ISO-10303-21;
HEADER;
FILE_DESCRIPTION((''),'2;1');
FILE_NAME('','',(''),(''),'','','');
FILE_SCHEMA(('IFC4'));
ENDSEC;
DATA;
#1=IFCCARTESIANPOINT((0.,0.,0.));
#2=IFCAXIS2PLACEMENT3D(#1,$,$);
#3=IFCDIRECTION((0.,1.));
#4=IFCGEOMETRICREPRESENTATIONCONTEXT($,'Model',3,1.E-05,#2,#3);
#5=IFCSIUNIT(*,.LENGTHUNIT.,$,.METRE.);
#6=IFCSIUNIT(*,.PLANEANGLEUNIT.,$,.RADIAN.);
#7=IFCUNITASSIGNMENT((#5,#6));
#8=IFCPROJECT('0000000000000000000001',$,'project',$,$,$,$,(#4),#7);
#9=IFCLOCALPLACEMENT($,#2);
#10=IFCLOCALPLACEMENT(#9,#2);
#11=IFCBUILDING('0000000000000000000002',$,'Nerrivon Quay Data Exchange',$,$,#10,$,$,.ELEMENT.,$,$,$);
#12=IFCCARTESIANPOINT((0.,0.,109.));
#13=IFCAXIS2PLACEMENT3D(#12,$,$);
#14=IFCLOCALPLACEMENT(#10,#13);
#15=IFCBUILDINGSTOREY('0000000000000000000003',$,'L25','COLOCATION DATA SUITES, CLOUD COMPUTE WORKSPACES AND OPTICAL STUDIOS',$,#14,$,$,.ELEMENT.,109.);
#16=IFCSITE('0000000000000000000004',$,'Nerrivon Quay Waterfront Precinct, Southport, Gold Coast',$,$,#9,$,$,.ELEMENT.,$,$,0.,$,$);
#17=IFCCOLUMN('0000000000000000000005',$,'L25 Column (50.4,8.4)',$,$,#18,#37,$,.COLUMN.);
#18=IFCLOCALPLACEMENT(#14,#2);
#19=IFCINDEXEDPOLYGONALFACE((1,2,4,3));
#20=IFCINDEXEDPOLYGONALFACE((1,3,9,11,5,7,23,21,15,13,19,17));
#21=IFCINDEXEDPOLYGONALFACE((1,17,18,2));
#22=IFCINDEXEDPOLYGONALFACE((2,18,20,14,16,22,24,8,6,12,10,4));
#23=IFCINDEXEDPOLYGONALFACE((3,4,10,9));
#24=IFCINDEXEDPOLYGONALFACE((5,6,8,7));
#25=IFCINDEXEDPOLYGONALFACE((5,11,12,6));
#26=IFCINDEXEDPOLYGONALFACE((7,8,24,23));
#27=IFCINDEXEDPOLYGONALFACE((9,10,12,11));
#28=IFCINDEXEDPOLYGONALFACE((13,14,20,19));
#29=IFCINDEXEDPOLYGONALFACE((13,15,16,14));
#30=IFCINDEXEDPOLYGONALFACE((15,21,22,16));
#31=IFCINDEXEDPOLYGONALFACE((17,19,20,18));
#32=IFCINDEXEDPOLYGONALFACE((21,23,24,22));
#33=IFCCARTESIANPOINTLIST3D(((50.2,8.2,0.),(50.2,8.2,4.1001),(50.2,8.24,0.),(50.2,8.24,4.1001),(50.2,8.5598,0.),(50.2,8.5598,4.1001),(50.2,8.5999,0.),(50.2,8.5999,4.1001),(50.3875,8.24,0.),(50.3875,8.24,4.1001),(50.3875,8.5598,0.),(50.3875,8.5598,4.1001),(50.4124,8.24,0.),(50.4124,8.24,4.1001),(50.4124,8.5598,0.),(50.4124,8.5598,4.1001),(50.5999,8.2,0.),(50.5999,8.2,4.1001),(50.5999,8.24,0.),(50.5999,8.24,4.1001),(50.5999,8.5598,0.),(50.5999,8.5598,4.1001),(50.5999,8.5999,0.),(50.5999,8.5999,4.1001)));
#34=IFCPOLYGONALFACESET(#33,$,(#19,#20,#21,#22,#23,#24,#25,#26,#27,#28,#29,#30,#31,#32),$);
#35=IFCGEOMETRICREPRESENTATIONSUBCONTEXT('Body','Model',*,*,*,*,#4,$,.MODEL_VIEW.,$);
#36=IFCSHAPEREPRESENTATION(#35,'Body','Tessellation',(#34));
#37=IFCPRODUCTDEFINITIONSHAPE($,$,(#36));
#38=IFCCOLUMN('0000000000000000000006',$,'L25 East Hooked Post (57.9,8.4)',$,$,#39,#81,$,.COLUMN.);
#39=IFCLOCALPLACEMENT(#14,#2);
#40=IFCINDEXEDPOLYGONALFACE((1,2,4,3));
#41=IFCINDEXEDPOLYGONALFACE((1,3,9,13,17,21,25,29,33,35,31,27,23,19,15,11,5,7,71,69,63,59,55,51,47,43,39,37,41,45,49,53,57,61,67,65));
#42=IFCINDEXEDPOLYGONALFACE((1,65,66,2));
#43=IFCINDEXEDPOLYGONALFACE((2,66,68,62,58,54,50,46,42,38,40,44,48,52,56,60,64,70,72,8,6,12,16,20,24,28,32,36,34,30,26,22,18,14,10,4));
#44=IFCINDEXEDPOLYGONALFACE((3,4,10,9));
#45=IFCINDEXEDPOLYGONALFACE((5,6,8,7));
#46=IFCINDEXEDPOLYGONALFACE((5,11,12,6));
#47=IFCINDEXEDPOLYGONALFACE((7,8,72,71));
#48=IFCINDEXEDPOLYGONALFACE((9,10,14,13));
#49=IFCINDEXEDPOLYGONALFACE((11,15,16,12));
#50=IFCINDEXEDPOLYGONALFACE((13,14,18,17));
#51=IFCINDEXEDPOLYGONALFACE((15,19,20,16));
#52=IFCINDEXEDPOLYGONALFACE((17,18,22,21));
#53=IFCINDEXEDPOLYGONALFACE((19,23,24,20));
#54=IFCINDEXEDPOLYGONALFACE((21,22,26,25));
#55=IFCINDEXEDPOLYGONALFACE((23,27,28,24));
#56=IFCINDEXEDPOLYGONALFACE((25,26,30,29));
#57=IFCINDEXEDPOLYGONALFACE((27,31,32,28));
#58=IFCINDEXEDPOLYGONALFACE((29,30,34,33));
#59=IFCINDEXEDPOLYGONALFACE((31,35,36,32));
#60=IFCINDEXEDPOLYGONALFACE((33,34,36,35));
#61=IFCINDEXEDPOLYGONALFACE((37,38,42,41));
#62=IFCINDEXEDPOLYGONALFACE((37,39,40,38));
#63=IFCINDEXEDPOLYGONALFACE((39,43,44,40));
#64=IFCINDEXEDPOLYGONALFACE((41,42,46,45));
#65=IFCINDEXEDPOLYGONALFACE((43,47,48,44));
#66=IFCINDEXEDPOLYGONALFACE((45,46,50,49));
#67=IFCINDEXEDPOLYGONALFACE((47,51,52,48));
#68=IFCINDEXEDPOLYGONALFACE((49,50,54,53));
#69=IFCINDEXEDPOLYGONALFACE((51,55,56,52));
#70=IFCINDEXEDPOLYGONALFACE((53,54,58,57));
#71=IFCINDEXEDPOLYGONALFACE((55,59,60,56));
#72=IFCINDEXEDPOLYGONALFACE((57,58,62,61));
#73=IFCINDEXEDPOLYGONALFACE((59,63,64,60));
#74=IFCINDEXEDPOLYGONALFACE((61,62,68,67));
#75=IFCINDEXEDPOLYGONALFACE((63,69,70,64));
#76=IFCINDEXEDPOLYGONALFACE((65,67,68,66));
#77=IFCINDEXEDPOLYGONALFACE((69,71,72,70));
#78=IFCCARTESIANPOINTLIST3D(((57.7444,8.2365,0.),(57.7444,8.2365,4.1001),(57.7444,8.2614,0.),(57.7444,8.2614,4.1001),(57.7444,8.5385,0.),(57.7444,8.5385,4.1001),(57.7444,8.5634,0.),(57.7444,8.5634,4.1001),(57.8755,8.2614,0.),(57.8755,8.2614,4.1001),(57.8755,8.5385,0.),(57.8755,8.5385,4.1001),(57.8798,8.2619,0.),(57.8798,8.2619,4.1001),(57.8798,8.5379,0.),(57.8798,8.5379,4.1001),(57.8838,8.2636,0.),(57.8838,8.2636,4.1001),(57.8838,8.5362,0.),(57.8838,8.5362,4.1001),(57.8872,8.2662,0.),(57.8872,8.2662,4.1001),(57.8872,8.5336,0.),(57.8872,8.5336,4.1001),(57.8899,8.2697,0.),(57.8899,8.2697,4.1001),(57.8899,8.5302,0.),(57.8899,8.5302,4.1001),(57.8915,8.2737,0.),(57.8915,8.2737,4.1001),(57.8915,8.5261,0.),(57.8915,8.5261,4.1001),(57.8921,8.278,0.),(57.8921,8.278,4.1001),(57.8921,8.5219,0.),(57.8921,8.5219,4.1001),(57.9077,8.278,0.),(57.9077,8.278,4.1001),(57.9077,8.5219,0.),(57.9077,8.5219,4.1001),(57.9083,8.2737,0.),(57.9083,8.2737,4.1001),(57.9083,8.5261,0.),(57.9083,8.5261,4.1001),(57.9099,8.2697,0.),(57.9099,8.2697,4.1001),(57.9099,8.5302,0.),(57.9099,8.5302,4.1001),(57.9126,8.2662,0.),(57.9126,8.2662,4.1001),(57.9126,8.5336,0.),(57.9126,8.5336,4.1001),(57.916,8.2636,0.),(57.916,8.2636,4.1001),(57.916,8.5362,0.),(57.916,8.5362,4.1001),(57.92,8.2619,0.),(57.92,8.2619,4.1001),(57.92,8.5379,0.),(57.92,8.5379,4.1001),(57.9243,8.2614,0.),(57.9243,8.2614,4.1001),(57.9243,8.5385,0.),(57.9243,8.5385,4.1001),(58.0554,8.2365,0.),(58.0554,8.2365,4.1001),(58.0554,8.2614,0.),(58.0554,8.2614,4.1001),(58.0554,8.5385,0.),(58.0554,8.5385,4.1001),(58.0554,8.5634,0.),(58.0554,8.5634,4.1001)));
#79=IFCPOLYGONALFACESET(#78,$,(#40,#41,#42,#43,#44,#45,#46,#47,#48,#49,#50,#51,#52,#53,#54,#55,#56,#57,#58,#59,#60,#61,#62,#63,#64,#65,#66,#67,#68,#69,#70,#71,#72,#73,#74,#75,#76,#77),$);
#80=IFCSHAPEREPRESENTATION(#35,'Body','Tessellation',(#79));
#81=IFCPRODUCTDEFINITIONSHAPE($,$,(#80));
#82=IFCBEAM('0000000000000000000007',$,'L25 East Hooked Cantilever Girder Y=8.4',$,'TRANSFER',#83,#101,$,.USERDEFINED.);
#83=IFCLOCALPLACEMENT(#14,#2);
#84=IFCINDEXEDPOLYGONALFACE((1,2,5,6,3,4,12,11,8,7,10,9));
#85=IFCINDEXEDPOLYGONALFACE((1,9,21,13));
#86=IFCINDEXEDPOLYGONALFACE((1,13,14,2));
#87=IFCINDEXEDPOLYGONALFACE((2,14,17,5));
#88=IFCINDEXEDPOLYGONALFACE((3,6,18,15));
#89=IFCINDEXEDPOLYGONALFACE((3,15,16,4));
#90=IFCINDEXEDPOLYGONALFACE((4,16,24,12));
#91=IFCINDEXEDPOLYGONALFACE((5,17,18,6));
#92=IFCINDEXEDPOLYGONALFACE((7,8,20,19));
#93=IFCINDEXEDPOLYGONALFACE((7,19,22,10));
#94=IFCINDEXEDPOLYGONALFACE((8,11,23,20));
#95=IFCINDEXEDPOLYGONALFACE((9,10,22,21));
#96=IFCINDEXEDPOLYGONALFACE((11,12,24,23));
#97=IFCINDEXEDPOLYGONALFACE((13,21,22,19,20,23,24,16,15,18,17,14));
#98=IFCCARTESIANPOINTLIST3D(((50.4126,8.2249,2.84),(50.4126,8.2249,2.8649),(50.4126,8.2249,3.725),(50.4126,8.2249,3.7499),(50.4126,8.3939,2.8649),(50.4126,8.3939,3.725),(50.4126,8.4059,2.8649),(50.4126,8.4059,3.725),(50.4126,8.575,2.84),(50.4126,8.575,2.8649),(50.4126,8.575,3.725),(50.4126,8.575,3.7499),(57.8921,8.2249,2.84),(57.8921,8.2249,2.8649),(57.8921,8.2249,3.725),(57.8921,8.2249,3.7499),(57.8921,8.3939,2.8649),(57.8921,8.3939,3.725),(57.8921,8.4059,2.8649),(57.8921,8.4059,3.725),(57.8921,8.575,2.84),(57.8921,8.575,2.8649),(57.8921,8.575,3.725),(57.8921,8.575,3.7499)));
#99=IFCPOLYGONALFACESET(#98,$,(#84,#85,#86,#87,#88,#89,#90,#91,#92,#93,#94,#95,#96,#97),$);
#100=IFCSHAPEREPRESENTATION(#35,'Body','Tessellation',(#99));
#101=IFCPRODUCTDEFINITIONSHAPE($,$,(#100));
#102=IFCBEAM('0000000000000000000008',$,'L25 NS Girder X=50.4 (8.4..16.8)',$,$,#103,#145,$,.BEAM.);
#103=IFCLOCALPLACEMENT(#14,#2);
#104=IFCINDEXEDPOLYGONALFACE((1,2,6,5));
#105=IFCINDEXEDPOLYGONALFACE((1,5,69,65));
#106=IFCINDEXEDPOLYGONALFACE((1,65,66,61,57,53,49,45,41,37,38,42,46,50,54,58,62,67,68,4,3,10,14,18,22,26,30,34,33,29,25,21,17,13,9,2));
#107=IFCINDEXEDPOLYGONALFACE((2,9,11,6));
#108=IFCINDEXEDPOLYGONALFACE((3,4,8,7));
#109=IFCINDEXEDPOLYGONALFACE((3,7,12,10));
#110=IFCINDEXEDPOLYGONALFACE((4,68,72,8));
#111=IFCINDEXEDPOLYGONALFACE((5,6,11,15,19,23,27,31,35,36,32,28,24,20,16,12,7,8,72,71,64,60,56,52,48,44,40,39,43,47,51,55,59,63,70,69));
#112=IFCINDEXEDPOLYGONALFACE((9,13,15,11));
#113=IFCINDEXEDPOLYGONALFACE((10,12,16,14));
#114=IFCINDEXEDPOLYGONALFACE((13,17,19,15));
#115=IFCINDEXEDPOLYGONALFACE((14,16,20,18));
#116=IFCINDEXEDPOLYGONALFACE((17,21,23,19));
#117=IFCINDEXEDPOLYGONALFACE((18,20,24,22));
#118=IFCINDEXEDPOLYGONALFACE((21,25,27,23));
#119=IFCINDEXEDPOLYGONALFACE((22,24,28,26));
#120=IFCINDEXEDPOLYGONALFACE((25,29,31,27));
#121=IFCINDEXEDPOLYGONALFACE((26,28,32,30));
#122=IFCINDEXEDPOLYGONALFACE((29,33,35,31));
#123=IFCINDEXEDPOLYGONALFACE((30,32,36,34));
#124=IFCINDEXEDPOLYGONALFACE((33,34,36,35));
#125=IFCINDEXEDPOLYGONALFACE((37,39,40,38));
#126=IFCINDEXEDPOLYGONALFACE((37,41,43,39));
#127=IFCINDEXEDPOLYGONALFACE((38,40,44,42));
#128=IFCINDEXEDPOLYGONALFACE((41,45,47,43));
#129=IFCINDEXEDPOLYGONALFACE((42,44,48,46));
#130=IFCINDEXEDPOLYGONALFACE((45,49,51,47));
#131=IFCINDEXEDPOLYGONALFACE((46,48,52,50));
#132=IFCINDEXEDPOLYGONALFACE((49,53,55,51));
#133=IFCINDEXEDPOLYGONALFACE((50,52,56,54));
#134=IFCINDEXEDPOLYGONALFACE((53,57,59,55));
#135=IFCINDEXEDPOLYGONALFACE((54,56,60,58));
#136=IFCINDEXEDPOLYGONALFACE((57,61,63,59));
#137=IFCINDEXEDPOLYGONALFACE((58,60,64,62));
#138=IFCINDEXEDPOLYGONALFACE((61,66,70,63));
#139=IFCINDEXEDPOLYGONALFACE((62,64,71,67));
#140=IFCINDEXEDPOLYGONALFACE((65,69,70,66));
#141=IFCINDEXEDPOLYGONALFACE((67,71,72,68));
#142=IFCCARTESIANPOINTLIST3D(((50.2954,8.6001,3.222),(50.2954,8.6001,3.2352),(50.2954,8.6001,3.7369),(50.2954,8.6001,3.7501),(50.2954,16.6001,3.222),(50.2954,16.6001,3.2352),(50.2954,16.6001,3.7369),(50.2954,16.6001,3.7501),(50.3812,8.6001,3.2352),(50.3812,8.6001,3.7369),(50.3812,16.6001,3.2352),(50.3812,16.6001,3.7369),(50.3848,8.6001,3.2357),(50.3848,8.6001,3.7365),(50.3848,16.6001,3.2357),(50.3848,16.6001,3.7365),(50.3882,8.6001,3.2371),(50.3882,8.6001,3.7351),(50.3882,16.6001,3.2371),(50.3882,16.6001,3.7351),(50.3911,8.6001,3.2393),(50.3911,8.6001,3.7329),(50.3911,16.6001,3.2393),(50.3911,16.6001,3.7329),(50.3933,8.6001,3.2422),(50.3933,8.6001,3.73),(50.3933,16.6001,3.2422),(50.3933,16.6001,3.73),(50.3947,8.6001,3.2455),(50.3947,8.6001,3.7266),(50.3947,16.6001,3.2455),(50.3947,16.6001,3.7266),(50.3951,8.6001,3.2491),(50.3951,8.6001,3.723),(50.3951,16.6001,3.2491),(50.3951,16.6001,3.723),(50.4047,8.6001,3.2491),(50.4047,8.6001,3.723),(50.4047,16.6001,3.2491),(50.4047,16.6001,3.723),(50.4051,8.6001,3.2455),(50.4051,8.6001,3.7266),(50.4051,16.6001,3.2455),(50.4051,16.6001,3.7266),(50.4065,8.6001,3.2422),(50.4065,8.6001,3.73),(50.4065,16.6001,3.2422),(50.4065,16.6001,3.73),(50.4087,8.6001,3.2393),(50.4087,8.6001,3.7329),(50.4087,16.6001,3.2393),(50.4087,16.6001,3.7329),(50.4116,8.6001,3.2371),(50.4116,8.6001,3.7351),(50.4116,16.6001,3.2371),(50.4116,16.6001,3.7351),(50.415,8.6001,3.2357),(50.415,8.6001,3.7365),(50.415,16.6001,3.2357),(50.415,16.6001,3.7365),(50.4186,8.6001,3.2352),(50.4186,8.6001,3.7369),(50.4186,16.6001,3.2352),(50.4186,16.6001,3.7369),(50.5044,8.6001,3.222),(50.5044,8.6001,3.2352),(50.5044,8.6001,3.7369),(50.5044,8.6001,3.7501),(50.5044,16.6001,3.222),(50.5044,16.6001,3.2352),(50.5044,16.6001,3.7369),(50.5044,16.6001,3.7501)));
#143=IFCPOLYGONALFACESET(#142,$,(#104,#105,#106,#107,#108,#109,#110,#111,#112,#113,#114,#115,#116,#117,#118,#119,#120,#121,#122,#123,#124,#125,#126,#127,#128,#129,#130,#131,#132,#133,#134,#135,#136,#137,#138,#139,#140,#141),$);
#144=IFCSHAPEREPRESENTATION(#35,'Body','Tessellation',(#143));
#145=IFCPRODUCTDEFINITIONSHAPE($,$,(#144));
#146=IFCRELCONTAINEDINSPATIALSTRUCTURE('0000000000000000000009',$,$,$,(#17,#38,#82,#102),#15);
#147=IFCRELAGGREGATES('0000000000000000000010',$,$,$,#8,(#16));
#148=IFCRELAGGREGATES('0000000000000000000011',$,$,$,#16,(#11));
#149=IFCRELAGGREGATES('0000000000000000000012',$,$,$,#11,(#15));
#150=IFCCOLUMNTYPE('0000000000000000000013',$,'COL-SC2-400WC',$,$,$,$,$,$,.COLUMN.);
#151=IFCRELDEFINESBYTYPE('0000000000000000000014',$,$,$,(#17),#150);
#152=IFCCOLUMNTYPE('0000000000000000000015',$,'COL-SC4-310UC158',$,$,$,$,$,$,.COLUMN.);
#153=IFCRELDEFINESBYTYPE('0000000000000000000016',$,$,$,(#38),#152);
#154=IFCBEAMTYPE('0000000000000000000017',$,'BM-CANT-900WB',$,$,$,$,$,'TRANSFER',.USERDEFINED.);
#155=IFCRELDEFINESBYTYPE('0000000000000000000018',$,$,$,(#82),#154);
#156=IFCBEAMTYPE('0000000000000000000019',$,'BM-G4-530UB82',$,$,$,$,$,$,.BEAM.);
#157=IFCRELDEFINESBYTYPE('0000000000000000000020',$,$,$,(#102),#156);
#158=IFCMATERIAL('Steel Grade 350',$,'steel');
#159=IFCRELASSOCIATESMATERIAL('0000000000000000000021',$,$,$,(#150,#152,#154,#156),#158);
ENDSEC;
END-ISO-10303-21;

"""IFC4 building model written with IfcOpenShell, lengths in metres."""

from ifc_helpers import new_model, si_unit, direction, frame, origin, origin_2d, place, context, subcontext, project, spatial, i_section, extrude, material, material_profile, profile_set, type_object, element, save


model = new_model("IFC4")

# Units and contexts
model_context = context("Model", 3, precision=1e-05, world=origin(), true_north=direction((0.0, 1.0)))
body_context = subcontext(model_context, "Body", "Model", "MODEL_VIEW")
ifc_project = project(units=[si_unit("LENGTHUNIT", "METRE"), si_unit("PLANEANGLEUNIT", "RADIAN")], contexts=[model_context])

# Site, building, storey
site_placement = place(None, origin())
site = spatial("IfcSite", under=ifc_project, at=site_placement, Name="Nerrivon Quay Waterfront Precinct, Southport, Gold Coast", CompositionType="ELEMENT", RefElevation=0.0)
building_placement = place(site_placement, origin())
building = spatial("IfcBuilding", under=site, at=building_placement, Name="Nerrivon Quay Data Exchange", CompositionType="ELEMENT")
storey_placement = place(building_placement, frame((0.0, 0.0, 109.0)))
storey = spatial("IfcBuildingStorey", under=building, at=storey_placement, Name="L25", Description="COLOCATION DATA SUITES, CLOUD COMPUTE WORKSPACES AND OPTICAL STUDIOS", CompositionType="ELEMENT", Elevation=109.0)

# Columns
ifc_material_1 = material(Name="Steel Grade 350", Category="steel")
ifc_material_profile_1 = material_profile(ifc_material_1, i_section(OverallWidth=0.3999, OverallDepth=0.3999, WebThickness=0.0249, FlangeThickness=0.04, at=origin_2d()), Name="400WC328")
ifc_profile_set_1 = profile_set([ifc_material_profile_1], Name="Steel Grade 350")
column_type_1 = type_object("IfcColumnType", Name="COL-SC2-400WC", PredefinedType="COLUMN", material=ifc_profile_set_1)
column_1_placement = place(storey_placement, frame((50.3999, 8.3999, 0.0), z_axis=(0.0, 0.0, 1.0), x_axis=(1.0, 0.0, 0.0)))
element("IfcColumn", 1, at=column_1_placement, inside=storey, type_object=column_type_1, Name="L25 Column (50.4,8.4)", PredefinedType="COLUMN", context=body_context, shape_type="SweptSolid", body=[
    extrude(i_section(OverallWidth=0.3999, OverallDepth=0.3999, WebThickness=0.0249, FlangeThickness=0.04, at=origin_2d()), origin(), (0.0, 0.0, 1.0), 4.1001),
])
ifc_material_profile_2 = material_profile(ifc_material_1, i_section(OverallWidth=0.311, OverallDepth=0.3269, WebThickness=0.0156, FlangeThickness=0.0249, FilletRadius=0.0166, at=origin_2d()), Name="310UC158")
ifc_profile_set_2 = profile_set([ifc_material_profile_2], Name="Steel Grade 350")
column_type_2 = type_object("IfcColumnType", Name="COL-SC4-310UC158", PredefinedType="COLUMN", material=ifc_profile_set_2)
column_2_placement = place(storey_placement, frame((57.8999, 8.3999, 0.0), z_axis=(0.0, 0.0, 1.0), x_axis=(1.0, 0.0, 0.0)))
element("IfcColumn", 2, at=column_2_placement, inside=storey, type_object=column_type_2, Name="L25 East Hooked Post (57.9,8.4)", PredefinedType="COLUMN", context=body_context, shape_type="SweptSolid", body=[
    extrude(i_section(OverallWidth=0.311, OverallDepth=0.3269, WebThickness=0.0156, FlangeThickness=0.0249, FilletRadius=0.0166, at=origin_2d()), origin(), (0.0, 0.0, 1.0), 4.1001),
])

# Beams
ifc_material_profile_3 = material_profile(ifc_material_1, i_section(OverallWidth=0.3501, OverallDepth=0.9099, WebThickness=0.012, FlangeThickness=0.0249, at=origin_2d()), Name="900WB218")
ifc_profile_set_3 = profile_set([ifc_material_profile_3], Name="Steel Grade 350")
beam_type_1 = type_object("IfcBeamType", Name="BM-CANT-900WB", ElementType="TRANSFER", PredefinedType="USERDEFINED", material=ifc_profile_set_3)
beam_1_placement = place(storey_placement, frame((50.4126, 8.3999, 3.2949), z_axis=(1.0, 0.0, 0.0), x_axis=(0.0, 1.0, 0.0)))
element("IfcBeam", 3, at=beam_1_placement, inside=storey, type_object=beam_type_1, Name="L25 East Hooked Cantilever Girder Y=8.4", ObjectType="TRANSFER", PredefinedType="USERDEFINED", context=body_context, shape_type="SweptSolid", body=[
    extrude(i_section(OverallWidth=0.3501, OverallDepth=0.9099, WebThickness=0.012, FlangeThickness=0.0249, at=origin_2d()), origin(), (0.0, 0.0, 1.0), 7.4795),
])
ifc_material_profile_4 = material_profile(ifc_material_1, i_section(OverallWidth=0.209, OverallDepth=0.5281, WebThickness=0.0095, FlangeThickness=0.0132, FilletRadius=0.0139, at=origin_2d()), Name="530UB82.0")
ifc_profile_set_4 = profile_set([ifc_material_profile_4], Name="Steel Grade 350")
beam_type_2 = type_object("IfcBeamType", Name="BM-G4-530UB82", PredefinedType="BEAM", material=ifc_profile_set_4)
beam_2_placement = place(storey_placement, frame((50.3999, 8.6001, 3.4861), z_axis=(0.0, 1.0, 0.0), x_axis=(-1.0, 0.0, 0.0)))
element("IfcBeam", 4, at=beam_2_placement, inside=storey, type_object=beam_type_2, Name="L25 NS Girder X=50.4 (8.4..16.8)", PredefinedType="BEAM", context=body_context, shape_type="SweptSolid", body=[
    extrude(i_section(OverallWidth=0.209, OverallDepth=0.5281, WebThickness=0.0095, FlangeThickness=0.0132, FilletRadius=0.0139, at=origin_2d()), origin(), (0.0, 0.0, 1.0), 8.0),
])

save(model, "model.ifc")
